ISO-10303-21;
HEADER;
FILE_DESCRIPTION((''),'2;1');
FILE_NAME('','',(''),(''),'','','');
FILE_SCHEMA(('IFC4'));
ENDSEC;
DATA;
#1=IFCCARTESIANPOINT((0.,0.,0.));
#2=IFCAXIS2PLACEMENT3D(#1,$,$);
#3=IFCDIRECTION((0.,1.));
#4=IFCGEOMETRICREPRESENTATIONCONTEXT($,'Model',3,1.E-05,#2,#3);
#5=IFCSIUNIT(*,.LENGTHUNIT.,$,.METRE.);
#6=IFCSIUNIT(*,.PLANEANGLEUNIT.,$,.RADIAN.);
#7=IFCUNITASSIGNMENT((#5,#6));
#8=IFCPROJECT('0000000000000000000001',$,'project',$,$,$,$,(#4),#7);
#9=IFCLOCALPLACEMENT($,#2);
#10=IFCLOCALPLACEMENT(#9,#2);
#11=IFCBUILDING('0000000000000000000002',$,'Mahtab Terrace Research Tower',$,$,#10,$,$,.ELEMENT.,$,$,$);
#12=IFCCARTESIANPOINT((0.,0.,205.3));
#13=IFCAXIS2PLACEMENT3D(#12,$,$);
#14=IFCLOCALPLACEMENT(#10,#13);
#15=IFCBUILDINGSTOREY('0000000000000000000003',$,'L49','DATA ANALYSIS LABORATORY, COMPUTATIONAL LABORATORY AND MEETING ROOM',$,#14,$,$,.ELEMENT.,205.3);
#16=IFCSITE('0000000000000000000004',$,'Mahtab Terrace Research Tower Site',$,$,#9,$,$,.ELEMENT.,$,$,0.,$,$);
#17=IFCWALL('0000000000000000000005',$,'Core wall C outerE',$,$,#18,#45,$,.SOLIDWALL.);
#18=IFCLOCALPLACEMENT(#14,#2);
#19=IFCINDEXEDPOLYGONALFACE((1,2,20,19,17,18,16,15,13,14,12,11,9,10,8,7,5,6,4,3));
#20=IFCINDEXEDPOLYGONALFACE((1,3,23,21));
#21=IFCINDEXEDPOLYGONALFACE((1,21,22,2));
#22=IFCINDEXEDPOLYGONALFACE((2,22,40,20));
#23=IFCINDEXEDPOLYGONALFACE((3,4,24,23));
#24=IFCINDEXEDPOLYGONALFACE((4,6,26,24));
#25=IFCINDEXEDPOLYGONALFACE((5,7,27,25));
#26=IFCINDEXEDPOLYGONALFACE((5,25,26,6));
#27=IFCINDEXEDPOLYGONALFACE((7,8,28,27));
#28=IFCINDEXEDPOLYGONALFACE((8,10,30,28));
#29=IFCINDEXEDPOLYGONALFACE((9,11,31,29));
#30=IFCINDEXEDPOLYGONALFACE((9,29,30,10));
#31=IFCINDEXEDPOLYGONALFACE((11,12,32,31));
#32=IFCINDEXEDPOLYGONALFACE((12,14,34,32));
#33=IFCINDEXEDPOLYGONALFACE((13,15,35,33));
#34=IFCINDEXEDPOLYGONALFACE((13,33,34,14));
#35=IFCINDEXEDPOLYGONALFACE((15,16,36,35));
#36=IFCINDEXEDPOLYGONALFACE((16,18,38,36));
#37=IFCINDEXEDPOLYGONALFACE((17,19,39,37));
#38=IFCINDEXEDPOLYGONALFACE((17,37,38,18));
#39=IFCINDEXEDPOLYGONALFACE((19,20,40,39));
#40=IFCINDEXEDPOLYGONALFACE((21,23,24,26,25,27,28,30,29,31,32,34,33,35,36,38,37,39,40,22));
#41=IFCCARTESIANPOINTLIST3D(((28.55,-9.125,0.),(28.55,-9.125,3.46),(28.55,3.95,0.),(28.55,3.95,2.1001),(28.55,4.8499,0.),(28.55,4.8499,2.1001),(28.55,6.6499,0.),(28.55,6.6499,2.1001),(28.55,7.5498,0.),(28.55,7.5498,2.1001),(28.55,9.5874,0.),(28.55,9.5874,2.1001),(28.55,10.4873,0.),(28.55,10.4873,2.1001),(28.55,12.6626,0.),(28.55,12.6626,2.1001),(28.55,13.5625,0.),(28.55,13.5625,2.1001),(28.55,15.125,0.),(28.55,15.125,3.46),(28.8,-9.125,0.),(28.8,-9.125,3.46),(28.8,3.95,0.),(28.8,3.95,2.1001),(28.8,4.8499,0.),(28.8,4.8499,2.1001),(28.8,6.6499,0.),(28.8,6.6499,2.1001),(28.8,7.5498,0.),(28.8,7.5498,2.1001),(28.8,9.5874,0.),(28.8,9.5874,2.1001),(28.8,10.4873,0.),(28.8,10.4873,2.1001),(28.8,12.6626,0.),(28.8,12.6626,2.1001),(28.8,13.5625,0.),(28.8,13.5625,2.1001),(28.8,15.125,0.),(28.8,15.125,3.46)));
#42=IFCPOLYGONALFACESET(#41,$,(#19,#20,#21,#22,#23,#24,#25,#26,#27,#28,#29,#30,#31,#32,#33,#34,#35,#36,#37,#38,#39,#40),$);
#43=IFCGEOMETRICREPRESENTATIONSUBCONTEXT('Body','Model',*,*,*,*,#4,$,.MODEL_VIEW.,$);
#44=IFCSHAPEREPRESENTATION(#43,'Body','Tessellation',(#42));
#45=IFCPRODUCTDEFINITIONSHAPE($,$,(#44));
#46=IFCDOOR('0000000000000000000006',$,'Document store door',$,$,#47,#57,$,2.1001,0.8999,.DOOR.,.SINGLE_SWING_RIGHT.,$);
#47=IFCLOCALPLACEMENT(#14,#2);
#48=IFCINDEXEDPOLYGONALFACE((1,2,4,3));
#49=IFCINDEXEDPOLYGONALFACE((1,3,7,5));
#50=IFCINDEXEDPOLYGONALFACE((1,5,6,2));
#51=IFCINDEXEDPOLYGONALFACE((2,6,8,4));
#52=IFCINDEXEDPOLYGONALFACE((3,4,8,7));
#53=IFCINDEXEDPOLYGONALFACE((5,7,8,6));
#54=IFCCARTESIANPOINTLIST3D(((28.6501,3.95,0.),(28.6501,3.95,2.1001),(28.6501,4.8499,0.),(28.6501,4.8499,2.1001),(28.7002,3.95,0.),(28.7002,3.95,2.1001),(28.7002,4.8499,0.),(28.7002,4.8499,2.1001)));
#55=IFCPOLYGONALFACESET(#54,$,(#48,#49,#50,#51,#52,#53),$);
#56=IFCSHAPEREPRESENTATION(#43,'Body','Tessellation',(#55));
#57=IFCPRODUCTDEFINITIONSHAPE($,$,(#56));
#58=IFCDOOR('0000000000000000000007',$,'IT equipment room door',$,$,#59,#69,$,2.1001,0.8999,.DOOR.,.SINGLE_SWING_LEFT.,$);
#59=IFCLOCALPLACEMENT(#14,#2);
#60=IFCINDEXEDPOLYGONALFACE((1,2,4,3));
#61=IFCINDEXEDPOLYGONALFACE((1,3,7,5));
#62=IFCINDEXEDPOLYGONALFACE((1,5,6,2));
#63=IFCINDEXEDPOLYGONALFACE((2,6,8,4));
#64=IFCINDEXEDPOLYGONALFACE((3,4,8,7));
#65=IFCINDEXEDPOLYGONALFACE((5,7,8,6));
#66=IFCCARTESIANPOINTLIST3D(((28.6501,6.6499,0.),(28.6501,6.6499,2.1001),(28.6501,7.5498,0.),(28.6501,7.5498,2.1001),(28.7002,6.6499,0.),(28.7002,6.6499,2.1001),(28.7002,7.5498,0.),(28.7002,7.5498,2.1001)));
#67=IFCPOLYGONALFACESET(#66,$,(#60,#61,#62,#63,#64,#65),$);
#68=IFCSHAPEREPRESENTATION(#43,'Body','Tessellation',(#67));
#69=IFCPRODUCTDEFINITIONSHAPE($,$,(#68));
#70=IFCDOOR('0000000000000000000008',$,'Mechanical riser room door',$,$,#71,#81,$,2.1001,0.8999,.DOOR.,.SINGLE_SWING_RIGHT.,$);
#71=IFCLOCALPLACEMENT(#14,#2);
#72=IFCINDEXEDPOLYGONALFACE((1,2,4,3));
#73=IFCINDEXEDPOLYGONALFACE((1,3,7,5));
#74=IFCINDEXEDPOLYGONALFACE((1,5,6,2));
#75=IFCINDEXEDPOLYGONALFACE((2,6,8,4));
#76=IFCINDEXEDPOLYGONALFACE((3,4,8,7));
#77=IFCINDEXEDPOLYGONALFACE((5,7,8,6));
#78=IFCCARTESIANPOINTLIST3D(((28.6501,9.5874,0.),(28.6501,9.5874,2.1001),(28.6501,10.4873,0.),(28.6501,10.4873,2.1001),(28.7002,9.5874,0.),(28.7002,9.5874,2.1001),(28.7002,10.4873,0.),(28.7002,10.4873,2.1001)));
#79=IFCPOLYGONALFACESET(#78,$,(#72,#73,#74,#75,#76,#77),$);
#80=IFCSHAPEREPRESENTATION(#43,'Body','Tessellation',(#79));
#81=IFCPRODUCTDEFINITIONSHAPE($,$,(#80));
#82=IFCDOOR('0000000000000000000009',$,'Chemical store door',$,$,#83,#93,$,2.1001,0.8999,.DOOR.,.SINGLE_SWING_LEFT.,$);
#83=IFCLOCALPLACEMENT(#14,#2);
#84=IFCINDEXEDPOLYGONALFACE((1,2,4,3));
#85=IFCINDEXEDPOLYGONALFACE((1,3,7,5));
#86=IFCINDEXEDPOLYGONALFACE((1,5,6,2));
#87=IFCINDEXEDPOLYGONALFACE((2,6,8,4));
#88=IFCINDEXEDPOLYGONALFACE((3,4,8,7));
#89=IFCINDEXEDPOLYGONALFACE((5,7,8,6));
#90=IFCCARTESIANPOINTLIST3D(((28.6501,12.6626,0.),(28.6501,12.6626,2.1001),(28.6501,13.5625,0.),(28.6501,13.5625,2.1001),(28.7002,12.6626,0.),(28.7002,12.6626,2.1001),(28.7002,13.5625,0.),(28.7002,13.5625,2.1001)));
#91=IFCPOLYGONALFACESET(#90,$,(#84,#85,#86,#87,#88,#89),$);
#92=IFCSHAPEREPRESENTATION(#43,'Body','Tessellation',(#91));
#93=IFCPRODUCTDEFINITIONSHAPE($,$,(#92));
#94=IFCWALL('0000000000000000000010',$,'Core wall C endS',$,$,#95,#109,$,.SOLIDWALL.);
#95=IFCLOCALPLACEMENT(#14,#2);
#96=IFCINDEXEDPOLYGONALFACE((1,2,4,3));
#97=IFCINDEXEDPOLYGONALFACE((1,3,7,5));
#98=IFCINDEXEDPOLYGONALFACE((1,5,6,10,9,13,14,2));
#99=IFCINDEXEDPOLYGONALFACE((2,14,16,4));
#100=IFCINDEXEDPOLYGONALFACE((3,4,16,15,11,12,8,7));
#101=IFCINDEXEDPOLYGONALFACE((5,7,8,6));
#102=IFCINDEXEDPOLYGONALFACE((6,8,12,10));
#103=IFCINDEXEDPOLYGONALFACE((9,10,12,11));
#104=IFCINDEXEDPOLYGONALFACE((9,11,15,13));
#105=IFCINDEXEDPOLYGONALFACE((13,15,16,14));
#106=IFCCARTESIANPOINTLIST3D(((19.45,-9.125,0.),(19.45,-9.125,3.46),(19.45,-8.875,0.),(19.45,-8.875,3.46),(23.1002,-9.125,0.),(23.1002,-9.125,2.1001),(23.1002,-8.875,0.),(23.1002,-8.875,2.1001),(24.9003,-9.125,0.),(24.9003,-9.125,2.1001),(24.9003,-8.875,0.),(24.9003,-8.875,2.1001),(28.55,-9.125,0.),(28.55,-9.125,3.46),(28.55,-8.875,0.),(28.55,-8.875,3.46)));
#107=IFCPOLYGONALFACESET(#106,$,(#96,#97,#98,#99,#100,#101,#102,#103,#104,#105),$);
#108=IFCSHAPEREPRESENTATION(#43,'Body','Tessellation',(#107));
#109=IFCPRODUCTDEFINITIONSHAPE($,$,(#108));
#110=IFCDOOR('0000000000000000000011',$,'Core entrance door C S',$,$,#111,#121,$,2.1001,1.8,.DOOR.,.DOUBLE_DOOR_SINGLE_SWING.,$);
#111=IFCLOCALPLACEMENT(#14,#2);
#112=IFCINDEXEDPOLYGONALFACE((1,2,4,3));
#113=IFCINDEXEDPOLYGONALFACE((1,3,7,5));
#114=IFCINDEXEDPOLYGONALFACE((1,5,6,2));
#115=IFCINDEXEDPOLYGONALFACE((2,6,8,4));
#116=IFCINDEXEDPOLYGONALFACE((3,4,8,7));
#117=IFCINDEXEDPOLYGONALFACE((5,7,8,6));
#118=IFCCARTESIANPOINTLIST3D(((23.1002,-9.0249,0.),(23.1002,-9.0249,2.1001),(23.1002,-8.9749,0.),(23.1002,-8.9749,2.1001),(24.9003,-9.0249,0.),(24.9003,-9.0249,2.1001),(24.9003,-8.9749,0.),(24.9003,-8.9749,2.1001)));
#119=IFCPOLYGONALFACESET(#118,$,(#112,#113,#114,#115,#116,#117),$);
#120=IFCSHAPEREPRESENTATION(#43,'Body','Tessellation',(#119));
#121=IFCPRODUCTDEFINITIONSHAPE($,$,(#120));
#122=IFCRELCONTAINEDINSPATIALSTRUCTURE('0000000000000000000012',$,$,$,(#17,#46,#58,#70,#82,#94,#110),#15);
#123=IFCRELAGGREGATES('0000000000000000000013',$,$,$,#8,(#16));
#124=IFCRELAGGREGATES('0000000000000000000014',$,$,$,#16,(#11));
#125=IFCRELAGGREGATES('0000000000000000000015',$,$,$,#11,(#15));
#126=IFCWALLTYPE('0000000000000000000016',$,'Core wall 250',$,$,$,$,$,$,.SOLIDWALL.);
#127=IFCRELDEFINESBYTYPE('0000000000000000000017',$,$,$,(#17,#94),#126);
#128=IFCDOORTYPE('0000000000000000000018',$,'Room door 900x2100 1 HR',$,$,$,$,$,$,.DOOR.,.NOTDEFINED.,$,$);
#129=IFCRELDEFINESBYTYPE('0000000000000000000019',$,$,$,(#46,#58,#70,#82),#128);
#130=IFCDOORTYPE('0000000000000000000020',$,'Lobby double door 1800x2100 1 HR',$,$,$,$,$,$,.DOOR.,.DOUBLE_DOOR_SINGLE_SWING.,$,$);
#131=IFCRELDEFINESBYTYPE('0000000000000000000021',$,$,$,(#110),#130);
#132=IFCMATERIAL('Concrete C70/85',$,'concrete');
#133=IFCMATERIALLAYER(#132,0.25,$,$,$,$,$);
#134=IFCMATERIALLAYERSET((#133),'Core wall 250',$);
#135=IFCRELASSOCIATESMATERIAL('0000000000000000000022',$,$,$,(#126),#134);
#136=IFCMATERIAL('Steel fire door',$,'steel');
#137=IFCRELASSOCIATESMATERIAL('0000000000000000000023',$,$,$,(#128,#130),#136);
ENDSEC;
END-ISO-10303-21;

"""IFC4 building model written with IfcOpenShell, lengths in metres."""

from ifc_helpers import new_model, si_unit, direction, frame, frame_2d, origin, place, context, subcontext, project, spatial, rectangle, extrude, material, layer, layer_set, type_object, element, fill, save


model = new_model("IFC4")

# Units and contexts
model_context = context("Model", 3, precision=1e-05, world=origin(), true_north=direction((0.0, 1.0)))
body_context = subcontext(model_context, "Body", "Model", "MODEL_VIEW")
ifc_project = project(units=[si_unit("LENGTHUNIT", "METRE"), si_unit("PLANEANGLEUNIT", "RADIAN")], contexts=[model_context])

# Site, building, storey
site_placement = place(None, origin())
site = spatial("IfcSite", under=ifc_project, at=site_placement, Name="Mahtab Terrace Research Tower Site", CompositionType="ELEMENT", RefElevation=0.0)
building_placement = place(site_placement, origin())
building = spatial("IfcBuilding", under=site, at=building_placement, Name="Mahtab Terrace Research Tower", CompositionType="ELEMENT")
storey_placement = place(building_placement, frame((0.0, 0.0, 205.3)))
storey = spatial("IfcBuildingStorey", under=building, at=storey_placement, Name="L49", Description="DATA ANALYSIS LABORATORY, COMPUTATIONAL LABORATORY AND MEETING ROOM", CompositionType="ELEMENT", Elevation=205.3)

# Wall, openings, doors
ifc_material_1 = material(Name="Concrete C70/85", Category="concrete")
ifc_layer = layer(ifc_material_1, 0.25)
ifc_layer_set = layer_set([ifc_layer], Name="Core wall 250")
wall_type = type_object("IfcWallType", Name="Core wall 250", PredefinedType="SOLIDWALL", material=ifc_layer_set)
wall_1_placement = place(storey_placement, frame((28.675, -9.125, 0.0), z_axis=(0.0, 0.0, 1.0), x_axis=(0.0, 1.0, 0.0)))
wall_1 = element("IfcWall", 1, at=wall_1_placement, inside=storey, type_object=wall_type, Name="Core wall C outerE", PredefinedType="SOLIDWALL", context=body_context, shape_type="SweptSolid", body=[
    extrude(rectangle(XDim=24.25, YDim=0.25, at=frame_2d((12.125, 0.0))), origin(), (0.0, 0.0, 1.0), 3.46),
])
opening_1_placement = place(wall_1_placement, frame((13.075, 0.0, 0.0)))
opening_1 = element("IfcOpeningElement", 2, at=opening_1_placement, cuts=wall_1, PredefinedType="OPENING", context=body_context, shape_type="SweptSolid", body=[
    extrude(rectangle(XDim=0.8999, YDim=2.1001, at=frame_2d((0.45, 1.05))), frame((0.0, 0.135, 0.0), z_axis=(0.0, -1.0, 0.0), x_axis=(1.0, 0.0, 0.0)), (0.0, 0.0, 1.0), 0.27),
])
opening_2_placement = place(wall_1_placement, frame((15.7749, 0.0, 0.0)))
opening_2 = element("IfcOpeningElement", 3, at=opening_2_placement, cuts=wall_1, PredefinedType="OPENING", context=body_context, shape_type="SweptSolid", body=[
    extrude(rectangle(XDim=0.8999, YDim=2.1001, at=frame_2d((0.45, 1.05))), frame((0.0, 0.135, 0.0), z_axis=(0.0, -1.0, 0.0), x_axis=(1.0, 0.0, 0.0)), (0.0, 0.0, 1.0), 0.27),
])
opening_3_placement = place(wall_1_placement, frame((18.7124, 0.0, 0.0)))
opening_3 = element("IfcOpeningElement", 4, at=opening_3_placement, cuts=wall_1, PredefinedType="OPENING", context=body_context, shape_type="SweptSolid", body=[
    extrude(rectangle(XDim=0.8999, YDim=2.1001, at=frame_2d((0.45, 1.05))), frame((0.0, 0.135, 0.0), z_axis=(0.0, -1.0, 0.0), x_axis=(1.0, 0.0, 0.0)), (0.0, 0.0, 1.0), 0.27),
])
opening_4_placement = place(wall_1_placement, frame((21.7876, 0.0, 0.0)))
opening_4 = element("IfcOpeningElement", 5, at=opening_4_placement, cuts=wall_1, PredefinedType="OPENING", context=body_context, shape_type="SweptSolid", body=[
    extrude(rectangle(XDim=0.8999, YDim=2.1001, at=frame_2d((0.45, 1.05))), frame((0.0, 0.135, 0.0), z_axis=(0.0, -1.0, 0.0), x_axis=(1.0, 0.0, 0.0)), (0.0, 0.0, 1.0), 0.27),
])
ifc_material_2 = material(Name="Steel fire door", Category="steel")
door_type_1 = type_object("IfcDoorType", Name="Room door 900x2100 1 HR", OperationType="NOTDEFINED", PredefinedType="DOOR", material=ifc_material_2)
door_1_placement = place(opening_1_placement, origin())
door_1 = element("IfcDoor", 6, at=door_1_placement, inside=storey, type_object=door_type_1, Name="Document store door", OperationType="SINGLE_SWING_RIGHT", OverallHeight=2.1001, OverallWidth=0.8999, PredefinedType="DOOR", context=body_context, shape_type="SweptSolid", body=[
    extrude(rectangle(XDim=0.8999, YDim=2.1001, at=frame_2d((0.45, 1.05))), frame((0.0, 0.0249, 0.0), z_axis=(0.0, -1.0, 0.0), x_axis=(1.0, 0.0, 0.0)), (0.0, 0.0, 1.0), 0.05),
])
fill(opening_1, door_1)
door_2_placement = place(opening_2_placement, origin())
door_2 = element("IfcDoor", 7, at=door_2_placement, inside=storey, type_object=door_type_1, Name="IT equipment room door", OperationType="SINGLE_SWING_LEFT", OverallHeight=2.1001, OverallWidth=0.8999, PredefinedType="DOOR", context=body_context, shape_type="SweptSolid", body=[
    extrude(rectangle(XDim=0.8999, YDim=2.1001, at=frame_2d((0.45, 1.05))), frame((0.0, 0.0249, 0.0), z_axis=(0.0, -1.0, 0.0), x_axis=(1.0, 0.0, 0.0)), (0.0, 0.0, 1.0), 0.05),
])
fill(opening_2, door_2)
door_3_placement = place(opening_3_placement, origin())
door_3 = element("IfcDoor", 8, at=door_3_placement, inside=storey, type_object=door_type_1, Name="Mechanical riser room door", OperationType="SINGLE_SWING_RIGHT", OverallHeight=2.1001, OverallWidth=0.8999, PredefinedType="DOOR", context=body_context, shape_type="SweptSolid", body=[
    extrude(rectangle(XDim=0.8999, YDim=2.1001, at=frame_2d((0.45, 1.05))), frame((0.0, 0.0249, 0.0), z_axis=(0.0, -1.0, 0.0), x_axis=(1.0, 0.0, 0.0)), (0.0, 0.0, 1.0), 0.05),
])
fill(opening_3, door_3)
door_4_placement = place(opening_4_placement, origin())
door_4 = element("IfcDoor", 9, at=door_4_placement, inside=storey, type_object=door_type_1, Name="Chemical store door", OperationType="SINGLE_SWING_LEFT", OverallHeight=2.1001, OverallWidth=0.8999, PredefinedType="DOOR", context=body_context, shape_type="SweptSolid", body=[
    extrude(rectangle(XDim=0.8999, YDim=2.1001, at=frame_2d((0.45, 1.05))), frame((0.0, 0.0249, 0.0), z_axis=(0.0, -1.0, 0.0), x_axis=(1.0, 0.0, 0.0)), (0.0, 0.0, 1.0), 0.05),
])
fill(opening_4, door_4)

# Wall, opening, door
wall_2_placement = place(storey_placement, frame((28.55, -9.0, 0.0), z_axis=(0.0, 0.0, 1.0), x_axis=(-1.0, 0.0, 0.0)))
wall_2 = element("IfcWall", 10, at=wall_2_placement, inside=storey, type_object=wall_type, Name="Core wall C endS", PredefinedType="SOLIDWALL", context=body_context, shape_type="SweptSolid", body=[
    extrude(rectangle(XDim=9.1001, YDim=0.25, at=frame_2d((4.55, 0.0))), origin(), (0.0, 0.0, 1.0), 3.46),
])
opening_5_placement = place(wall_2_placement, frame((3.6499, 0.0, 0.0)))
opening_5 = element("IfcOpeningElement", 11, at=opening_5_placement, cuts=wall_2, PredefinedType="OPENING", context=body_context, shape_type="SweptSolid", body=[
    extrude(rectangle(XDim=1.8, YDim=2.1001, at=frame_2d((0.8999, 1.05))), frame((0.0, 0.135, 0.0), z_axis=(0.0, -1.0, 0.0), x_axis=(1.0, 0.0, 0.0)), (0.0, 0.0, 1.0), 0.27),
])
door_type_2 = type_object("IfcDoorType", Name="Lobby double door 1800x2100 1 HR", OperationType="DOUBLE_DOOR_SINGLE_SWING", PredefinedType="DOOR", material=ifc_material_2)
door_5_placement = place(opening_5_placement, origin())
door_5 = element("IfcDoor", 12, at=door_5_placement, inside=storey, type_object=door_type_2, Name="Core entrance door C S", OperationType="DOUBLE_DOOR_SINGLE_SWING", OverallHeight=2.1001, OverallWidth=1.8, PredefinedType="DOOR", context=body_context, shape_type="SweptSolid", body=[
    extrude(rectangle(XDim=1.8, YDim=2.1001, at=frame_2d((0.8999, 1.05))), frame((0.0, 0.0249, 0.0), z_axis=(0.0, -1.0, 0.0), x_axis=(1.0, 0.0, 0.0)), (0.0, 0.0, 1.0), 0.05),
])
fill(opening_5, door_5)

save(model, "model.ifc")
